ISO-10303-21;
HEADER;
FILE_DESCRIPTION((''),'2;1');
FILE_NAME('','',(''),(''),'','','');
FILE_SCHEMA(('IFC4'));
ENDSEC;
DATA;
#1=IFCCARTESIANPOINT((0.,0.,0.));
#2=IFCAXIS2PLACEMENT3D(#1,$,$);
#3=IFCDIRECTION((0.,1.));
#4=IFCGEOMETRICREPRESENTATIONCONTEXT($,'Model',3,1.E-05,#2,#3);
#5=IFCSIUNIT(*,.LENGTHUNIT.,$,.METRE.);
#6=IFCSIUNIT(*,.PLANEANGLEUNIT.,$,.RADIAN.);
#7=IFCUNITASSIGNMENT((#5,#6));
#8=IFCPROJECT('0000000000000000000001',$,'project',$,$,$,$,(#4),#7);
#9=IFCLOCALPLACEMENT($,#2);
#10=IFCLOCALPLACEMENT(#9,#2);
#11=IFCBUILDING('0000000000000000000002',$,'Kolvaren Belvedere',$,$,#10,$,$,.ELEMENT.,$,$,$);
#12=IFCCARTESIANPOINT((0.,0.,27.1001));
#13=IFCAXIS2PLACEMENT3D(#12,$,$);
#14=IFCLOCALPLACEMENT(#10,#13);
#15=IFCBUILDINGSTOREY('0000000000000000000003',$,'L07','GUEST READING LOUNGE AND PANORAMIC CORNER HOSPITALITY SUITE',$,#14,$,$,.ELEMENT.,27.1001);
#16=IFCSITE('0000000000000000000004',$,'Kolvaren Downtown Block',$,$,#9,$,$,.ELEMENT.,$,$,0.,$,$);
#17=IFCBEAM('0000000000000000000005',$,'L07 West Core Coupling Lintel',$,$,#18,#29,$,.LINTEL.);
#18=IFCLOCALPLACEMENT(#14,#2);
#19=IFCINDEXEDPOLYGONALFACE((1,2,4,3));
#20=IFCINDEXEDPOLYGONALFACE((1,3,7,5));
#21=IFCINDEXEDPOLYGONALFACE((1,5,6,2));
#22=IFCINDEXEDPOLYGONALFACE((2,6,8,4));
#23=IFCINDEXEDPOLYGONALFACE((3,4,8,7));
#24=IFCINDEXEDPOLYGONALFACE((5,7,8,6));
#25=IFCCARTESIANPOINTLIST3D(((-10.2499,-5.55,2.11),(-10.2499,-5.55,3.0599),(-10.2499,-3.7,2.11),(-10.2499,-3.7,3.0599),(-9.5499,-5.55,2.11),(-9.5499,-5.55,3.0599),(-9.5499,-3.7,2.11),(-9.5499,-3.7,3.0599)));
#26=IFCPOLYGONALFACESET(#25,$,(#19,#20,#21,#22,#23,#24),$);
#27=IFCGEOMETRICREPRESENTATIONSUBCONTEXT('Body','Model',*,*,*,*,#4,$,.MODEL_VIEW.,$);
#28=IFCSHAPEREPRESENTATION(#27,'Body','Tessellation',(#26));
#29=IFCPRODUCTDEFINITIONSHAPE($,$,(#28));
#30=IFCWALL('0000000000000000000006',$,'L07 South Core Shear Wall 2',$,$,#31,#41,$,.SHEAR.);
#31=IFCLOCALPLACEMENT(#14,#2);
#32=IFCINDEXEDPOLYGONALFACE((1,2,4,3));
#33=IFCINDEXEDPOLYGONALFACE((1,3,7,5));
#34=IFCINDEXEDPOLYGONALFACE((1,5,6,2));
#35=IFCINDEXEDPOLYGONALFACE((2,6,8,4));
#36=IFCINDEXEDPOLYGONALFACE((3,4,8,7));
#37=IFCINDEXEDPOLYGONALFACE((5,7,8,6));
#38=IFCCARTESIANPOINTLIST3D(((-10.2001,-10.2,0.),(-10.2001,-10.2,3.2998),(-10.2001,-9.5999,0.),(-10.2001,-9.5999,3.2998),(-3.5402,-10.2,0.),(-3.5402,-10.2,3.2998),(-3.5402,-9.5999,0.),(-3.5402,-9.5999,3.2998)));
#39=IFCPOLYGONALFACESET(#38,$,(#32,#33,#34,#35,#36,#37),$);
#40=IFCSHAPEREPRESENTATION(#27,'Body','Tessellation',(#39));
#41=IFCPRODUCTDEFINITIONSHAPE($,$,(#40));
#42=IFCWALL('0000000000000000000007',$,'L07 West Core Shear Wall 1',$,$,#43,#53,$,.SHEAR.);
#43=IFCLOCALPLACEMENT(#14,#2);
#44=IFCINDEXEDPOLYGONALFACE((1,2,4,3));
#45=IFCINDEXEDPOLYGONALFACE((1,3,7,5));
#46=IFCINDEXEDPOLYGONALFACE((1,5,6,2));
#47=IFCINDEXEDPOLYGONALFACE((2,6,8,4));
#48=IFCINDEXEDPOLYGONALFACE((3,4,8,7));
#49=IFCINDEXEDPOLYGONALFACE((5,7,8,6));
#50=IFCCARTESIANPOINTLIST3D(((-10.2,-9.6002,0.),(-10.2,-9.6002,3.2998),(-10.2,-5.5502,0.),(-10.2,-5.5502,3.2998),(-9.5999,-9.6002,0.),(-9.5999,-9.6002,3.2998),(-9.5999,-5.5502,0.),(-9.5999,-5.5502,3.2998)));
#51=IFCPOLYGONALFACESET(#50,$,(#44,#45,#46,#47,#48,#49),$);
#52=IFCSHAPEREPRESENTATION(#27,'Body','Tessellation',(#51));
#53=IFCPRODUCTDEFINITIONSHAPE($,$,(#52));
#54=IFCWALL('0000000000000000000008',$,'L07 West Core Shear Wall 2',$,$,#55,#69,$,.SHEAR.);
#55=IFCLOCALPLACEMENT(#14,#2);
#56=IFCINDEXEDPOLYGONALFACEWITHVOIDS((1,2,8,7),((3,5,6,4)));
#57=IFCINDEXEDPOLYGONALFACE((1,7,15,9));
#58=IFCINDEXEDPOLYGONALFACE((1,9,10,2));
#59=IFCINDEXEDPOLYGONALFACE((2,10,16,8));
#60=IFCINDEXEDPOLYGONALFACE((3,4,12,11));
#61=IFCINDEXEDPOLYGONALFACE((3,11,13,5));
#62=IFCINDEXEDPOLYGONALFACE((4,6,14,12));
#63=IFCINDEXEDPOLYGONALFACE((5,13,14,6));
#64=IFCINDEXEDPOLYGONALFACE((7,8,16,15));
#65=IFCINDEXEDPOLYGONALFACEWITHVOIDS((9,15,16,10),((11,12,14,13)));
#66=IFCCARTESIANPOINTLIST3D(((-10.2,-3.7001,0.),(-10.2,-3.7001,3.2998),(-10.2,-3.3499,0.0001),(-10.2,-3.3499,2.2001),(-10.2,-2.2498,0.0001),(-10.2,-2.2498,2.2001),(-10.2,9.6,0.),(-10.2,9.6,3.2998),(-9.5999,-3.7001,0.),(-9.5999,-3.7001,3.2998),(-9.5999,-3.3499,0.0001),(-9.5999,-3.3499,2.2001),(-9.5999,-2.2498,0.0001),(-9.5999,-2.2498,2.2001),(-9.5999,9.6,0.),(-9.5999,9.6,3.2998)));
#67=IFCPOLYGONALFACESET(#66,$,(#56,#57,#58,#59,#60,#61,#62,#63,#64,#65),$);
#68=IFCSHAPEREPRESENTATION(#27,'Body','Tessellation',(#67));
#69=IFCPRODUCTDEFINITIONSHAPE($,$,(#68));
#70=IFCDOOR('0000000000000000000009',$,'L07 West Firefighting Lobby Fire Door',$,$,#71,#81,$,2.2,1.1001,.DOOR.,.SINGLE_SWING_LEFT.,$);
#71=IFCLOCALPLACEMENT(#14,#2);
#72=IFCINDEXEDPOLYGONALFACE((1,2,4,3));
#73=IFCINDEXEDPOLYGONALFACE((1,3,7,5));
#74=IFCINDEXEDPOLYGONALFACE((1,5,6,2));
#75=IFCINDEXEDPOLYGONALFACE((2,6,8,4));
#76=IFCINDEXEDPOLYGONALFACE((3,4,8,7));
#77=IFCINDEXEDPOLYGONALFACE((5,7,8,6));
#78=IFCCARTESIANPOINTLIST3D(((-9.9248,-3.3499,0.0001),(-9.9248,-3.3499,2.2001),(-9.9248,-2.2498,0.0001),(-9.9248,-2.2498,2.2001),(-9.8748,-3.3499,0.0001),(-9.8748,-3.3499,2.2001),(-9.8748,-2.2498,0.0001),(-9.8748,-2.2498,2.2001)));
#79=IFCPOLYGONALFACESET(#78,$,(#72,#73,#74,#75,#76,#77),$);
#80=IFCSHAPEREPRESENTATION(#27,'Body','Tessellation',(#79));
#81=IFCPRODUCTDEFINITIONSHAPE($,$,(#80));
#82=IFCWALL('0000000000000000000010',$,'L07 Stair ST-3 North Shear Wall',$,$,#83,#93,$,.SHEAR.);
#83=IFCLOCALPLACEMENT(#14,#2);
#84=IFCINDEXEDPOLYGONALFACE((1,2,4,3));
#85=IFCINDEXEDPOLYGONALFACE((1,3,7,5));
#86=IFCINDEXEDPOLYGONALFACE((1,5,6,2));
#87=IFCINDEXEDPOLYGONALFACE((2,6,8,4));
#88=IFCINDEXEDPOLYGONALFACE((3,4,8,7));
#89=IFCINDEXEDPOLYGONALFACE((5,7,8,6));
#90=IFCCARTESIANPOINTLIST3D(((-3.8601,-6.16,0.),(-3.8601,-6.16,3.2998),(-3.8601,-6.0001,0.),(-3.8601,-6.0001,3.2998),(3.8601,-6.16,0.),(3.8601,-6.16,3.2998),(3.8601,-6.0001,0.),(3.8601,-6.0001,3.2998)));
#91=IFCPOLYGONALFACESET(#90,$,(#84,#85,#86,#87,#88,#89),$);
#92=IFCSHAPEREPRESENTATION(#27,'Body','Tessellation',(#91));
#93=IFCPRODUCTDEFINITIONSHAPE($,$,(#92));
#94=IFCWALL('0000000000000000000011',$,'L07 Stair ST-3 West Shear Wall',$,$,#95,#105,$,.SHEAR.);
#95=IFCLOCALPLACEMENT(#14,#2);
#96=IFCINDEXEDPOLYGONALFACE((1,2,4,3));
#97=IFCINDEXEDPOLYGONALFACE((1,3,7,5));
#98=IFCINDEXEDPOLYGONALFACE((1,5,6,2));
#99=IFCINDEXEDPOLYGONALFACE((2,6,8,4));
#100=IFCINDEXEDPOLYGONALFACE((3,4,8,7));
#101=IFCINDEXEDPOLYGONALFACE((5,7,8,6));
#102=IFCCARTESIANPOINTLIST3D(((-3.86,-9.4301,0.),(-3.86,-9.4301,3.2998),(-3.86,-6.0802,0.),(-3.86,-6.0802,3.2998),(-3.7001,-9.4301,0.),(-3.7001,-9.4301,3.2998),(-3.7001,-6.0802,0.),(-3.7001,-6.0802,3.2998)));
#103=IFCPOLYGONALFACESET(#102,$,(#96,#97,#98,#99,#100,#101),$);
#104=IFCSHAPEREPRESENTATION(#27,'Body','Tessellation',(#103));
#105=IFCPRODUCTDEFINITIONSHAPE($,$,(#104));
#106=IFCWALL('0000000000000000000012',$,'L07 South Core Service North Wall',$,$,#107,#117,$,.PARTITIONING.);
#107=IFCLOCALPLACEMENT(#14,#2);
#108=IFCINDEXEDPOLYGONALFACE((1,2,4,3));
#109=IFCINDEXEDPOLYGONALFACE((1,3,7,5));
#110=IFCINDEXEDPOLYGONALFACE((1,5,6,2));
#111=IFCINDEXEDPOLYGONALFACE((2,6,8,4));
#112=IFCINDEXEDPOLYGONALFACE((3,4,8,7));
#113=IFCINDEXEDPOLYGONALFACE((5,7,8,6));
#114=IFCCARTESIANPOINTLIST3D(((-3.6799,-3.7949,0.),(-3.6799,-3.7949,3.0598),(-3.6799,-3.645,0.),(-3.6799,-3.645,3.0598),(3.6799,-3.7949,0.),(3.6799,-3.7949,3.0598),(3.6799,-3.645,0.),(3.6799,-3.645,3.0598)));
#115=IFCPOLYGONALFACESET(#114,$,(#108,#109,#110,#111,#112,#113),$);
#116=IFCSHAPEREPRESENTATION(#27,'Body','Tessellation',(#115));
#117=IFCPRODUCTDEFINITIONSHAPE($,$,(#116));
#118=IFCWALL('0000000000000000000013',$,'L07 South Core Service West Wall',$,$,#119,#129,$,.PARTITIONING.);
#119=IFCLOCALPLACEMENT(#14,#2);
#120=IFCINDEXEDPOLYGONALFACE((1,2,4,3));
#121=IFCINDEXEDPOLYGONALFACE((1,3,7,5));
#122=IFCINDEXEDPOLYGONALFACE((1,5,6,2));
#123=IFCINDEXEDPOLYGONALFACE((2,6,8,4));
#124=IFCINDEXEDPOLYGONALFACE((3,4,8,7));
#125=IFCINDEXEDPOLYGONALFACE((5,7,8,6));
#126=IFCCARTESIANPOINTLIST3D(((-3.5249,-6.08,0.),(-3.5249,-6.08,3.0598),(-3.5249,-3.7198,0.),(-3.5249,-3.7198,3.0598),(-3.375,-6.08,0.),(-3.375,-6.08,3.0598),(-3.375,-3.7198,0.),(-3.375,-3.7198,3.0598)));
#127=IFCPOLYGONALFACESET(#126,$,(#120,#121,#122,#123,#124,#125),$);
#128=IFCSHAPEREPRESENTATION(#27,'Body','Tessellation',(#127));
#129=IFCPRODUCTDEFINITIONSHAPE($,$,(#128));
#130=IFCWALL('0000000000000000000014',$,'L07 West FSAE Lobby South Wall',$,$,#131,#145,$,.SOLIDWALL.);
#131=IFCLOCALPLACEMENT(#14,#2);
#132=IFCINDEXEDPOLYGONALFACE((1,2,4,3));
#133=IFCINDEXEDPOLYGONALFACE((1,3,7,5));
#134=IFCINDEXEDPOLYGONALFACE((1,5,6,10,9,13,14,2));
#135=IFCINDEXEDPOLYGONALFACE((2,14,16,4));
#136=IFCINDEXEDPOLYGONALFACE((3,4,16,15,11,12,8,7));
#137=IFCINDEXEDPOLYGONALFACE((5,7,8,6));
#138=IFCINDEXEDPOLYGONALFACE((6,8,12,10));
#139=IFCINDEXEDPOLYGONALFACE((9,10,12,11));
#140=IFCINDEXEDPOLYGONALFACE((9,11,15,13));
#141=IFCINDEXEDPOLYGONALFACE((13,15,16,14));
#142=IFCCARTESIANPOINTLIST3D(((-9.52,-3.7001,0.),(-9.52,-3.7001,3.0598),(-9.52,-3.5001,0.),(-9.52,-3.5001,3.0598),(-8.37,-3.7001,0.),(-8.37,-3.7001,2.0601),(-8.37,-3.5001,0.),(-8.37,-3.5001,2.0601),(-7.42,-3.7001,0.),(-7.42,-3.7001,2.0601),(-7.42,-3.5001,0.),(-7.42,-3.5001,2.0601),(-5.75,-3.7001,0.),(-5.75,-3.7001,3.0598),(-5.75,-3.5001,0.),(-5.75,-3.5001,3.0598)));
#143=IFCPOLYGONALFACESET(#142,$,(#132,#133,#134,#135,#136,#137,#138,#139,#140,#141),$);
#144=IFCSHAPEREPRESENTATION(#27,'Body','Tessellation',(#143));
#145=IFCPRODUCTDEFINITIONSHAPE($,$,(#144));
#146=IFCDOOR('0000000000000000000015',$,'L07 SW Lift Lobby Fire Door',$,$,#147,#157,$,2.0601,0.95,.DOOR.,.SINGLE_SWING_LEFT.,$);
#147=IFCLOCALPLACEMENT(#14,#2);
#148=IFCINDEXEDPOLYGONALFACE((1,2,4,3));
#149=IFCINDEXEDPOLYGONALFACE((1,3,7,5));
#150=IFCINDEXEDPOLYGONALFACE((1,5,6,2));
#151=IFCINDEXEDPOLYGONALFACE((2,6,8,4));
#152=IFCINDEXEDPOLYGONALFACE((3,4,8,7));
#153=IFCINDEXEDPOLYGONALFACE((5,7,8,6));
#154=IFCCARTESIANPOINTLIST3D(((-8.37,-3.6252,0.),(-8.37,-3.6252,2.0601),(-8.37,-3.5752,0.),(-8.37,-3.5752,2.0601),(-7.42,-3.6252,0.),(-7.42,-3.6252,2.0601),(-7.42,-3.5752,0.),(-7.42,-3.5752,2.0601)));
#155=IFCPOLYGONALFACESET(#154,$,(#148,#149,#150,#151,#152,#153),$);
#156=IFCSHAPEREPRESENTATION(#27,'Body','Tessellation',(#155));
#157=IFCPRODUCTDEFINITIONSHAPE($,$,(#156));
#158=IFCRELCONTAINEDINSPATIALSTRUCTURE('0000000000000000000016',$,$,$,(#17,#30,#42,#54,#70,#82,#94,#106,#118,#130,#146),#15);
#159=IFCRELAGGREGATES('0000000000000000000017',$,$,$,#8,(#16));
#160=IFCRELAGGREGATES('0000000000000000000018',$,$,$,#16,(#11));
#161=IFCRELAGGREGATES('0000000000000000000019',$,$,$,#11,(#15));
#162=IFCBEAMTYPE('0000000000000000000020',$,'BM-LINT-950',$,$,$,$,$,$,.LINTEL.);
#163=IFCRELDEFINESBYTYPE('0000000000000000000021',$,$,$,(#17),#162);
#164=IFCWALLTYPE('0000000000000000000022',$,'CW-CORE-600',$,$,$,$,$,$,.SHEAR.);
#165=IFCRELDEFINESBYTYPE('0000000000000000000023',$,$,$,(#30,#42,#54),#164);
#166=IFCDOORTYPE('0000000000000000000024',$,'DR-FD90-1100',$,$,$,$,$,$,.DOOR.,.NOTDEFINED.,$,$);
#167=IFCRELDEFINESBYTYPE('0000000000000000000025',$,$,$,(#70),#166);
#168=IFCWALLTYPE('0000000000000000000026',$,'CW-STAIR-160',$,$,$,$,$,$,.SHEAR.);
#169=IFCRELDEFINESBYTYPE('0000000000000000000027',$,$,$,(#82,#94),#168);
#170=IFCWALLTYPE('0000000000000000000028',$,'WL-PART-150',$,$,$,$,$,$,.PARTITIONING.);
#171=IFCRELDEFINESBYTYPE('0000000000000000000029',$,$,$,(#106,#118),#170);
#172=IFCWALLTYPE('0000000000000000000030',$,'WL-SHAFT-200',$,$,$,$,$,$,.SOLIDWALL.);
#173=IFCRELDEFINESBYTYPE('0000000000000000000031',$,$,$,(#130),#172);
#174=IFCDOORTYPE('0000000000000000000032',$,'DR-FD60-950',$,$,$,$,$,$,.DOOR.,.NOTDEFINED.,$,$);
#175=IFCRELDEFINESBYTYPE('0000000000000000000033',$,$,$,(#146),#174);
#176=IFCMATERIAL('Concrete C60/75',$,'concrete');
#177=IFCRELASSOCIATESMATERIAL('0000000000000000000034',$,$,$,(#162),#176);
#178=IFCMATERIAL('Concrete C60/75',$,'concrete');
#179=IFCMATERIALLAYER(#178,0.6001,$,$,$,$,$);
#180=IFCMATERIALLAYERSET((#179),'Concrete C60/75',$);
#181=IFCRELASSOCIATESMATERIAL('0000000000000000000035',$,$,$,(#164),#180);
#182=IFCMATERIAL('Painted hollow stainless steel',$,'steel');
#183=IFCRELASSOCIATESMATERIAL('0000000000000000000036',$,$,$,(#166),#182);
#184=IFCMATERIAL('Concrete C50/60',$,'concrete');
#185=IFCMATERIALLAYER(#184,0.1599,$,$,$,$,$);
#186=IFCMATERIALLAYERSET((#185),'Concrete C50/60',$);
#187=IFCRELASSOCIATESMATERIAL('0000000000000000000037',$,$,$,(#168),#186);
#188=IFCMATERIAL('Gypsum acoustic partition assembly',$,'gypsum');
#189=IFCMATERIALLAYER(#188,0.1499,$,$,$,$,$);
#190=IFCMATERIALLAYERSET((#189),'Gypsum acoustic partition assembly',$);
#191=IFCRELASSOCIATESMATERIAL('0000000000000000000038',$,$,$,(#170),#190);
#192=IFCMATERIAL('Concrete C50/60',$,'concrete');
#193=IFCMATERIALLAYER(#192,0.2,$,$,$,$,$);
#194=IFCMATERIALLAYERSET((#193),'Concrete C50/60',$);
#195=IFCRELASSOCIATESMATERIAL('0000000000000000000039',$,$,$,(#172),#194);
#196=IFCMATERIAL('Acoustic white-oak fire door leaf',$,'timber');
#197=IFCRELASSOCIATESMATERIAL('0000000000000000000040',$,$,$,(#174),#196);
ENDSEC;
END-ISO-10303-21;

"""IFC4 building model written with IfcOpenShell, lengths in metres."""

from ifc_helpers import new_model, si_unit, direction, frame, frame_2d, origin, origin_2d, place, context, subcontext, project, spatial, rectangle, extrude, material, layer, layer_set, material_profile, profile_set, type_object, element, fill, save


model = new_model("IFC4")

# Units and contexts
model_context = context("Model", 3, precision=1e-05, world=origin(), true_north=direction((0.0, 1.0)))
body_context = subcontext(model_context, "Body", "Model", "MODEL_VIEW")
ifc_project = project(units=[si_unit("LENGTHUNIT", "METRE"), si_unit("PLANEANGLEUNIT", "RADIAN")], contexts=[model_context])

# Site, building, storey
site_placement = place(None, origin())
site = spatial("IfcSite", under=ifc_project, at=site_placement, Name="Kolvaren Downtown Block", CompositionType="ELEMENT", RefElevation=0.0)
building_placement = place(site_placement, origin())
building = spatial("IfcBuilding", under=site, at=building_placement, Name="Kolvaren Belvedere", CompositionType="ELEMENT")
storey_placement = place(building_placement, frame((0.0, 0.0, 27.1001)))
storey = spatial("IfcBuildingStorey", under=building, at=storey_placement, Name="L07", Description="GUEST READING LOUNGE AND PANORAMIC CORNER HOSPITALITY SUITE", CompositionType="ELEMENT", Elevation=27.1001)

# Beam
ifc_material_1 = material(Name="Concrete C60/75", Category="concrete")
ifc_material_profile_1 = material_profile(ifc_material_1, rectangle(XDim=0.7, YDim=0.95, at=origin_2d()), Name="RC 700X950")
ifc_profile_set_1 = profile_set([ifc_material_profile_1], Name="Concrete C60/75")
beam_type_1 = type_object("IfcBeamType", Name="BM-LINT-950", PredefinedType="LINTEL", material=ifc_profile_set_1)
beam_1_placement = place(storey_placement, frame((-9.8999, -5.55, 2.585), z_axis=(0.0, 1.0, 0.0), x_axis=(-1.0, 0.0, 0.0)))
element("IfcBeam", 1, at=beam_1_placement, inside=storey, type_object=beam_type_1, Name="L07 West Core Coupling Lintel", PredefinedType="LINTEL", context=body_context, shape_type="SweptSolid", body=[
    extrude(rectangle(XDim=0.7, YDim=0.95, at=origin_2d()), origin(), (0.0, 0.0, 1.0), 1.8501),
])

# Walls
ifc_material_2 = material(Name="Concrete C60/75", Category="concrete")
ifc_layer_1 = layer(ifc_material_2, 0.6001)
ifc_layer_set_1 = layer_set([ifc_layer_1], Name="Concrete C60/75")
wall_type_1 = type_object("IfcWallType", Name="CW-CORE-600", PredefinedType="SHEAR", material=ifc_layer_set_1)
wall_1_placement = place(storey_placement, frame((-3.54, -9.8999, 0.0), z_axis=(0.0, 0.0, 1.0), x_axis=(-1.0, 0.0, 0.0)))
element("IfcWall", 2, at=wall_1_placement, inside=storey, type_object=wall_type_1, Name="L07 South Core Shear Wall 2", PredefinedType="SHEAR", context=body_context, shape_type="SweptSolid", body=[
    extrude(rectangle(XDim=6.6599, YDim=0.6001, at=frame_2d((3.3301, 0.0))), origin(), (0.0, 0.0, 1.0), 3.2998),
])
wall_2_placement = place(storey_placement, frame((-9.8999, -9.6001, 0.0), z_axis=(0.0, 0.0, 1.0), x_axis=(0.0, 1.0, 0.0)))
element("IfcWall", 3, at=wall_2_placement, inside=storey, type_object=wall_type_1, Name="L07 West Core Shear Wall 1", PredefinedType="SHEAR", context=body_context, shape_type="SweptSolid", body=[
    extrude(rectangle(XDim=4.05, YDim=0.6001, at=frame_2d((2.0249, 0.0))), origin(), (0.0, 0.0, 1.0), 3.2998),
])

# Wall, opening, door
wall_3_placement = place(storey_placement, frame((-9.8999, -3.7, 0.0), z_axis=(0.0, 0.0, 1.0), x_axis=(0.0, 1.0, 0.0)))
wall_3 = element("IfcWall", 4, at=wall_3_placement, inside=storey, type_object=wall_type_1, Name="L07 West Core Shear Wall 2", PredefinedType="SHEAR", context=body_context, shape_type="SweptSolid", body=[
    extrude(rectangle(XDim=13.3, YDim=0.6001, at=frame_2d((6.6499, 0.0))), origin(), (0.0, 0.0, 1.0), 3.2998),
])
opening_1_placement = place(wall_3_placement, frame((0.3501, 0.0, 0.0)))
opening_1 = element("IfcOpeningElement", 5, at=opening_1_placement, cuts=wall_3, PredefinedType="OPENING", context=body_context, shape_type="SweptSolid", body=[
    extrude(rectangle(XDim=1.1001, YDim=2.2, at=frame_2d((0.55, 1.1001))), frame((0.0, 0.3101, 0.0), z_axis=(0.0, -1.0, 0.0), x_axis=(1.0, 0.0, 0.0)), (0.0, 0.0, 1.0), 0.6201),
])
ifc_material_3 = material(Name="Painted hollow stainless steel", Category="steel")
door_type_1 = type_object("IfcDoorType", Name="DR-FD90-1100", OperationType="NOTDEFINED", PredefinedType="DOOR", material=ifc_material_3)
door_1_placement = place(opening_1_placement, origin())
door_1 = element("IfcDoor", 6, at=door_1_placement, inside=storey, type_object=door_type_1, Name="L07 West Firefighting Lobby Fire Door", OperationType="SINGLE_SWING_LEFT", OverallHeight=2.2, OverallWidth=1.1001, PredefinedType="DOOR", context=body_context, shape_type="SweptSolid", body=[
    extrude(rectangle(XDim=1.1001, YDim=2.2, at=frame_2d((0.55, 1.1001))), frame((0.0, 0.0249, 0.0), z_axis=(0.0, -1.0, 0.0), x_axis=(1.0, 0.0, 0.0)), (0.0, 0.0, 1.0), 0.05),
])
fill(opening_1, door_1)

# Walls
ifc_material_4 = material(Name="Concrete C50/60", Category="concrete")
ifc_layer_2 = layer(ifc_material_4, 0.1599)
ifc_layer_set_2 = layer_set([ifc_layer_2], Name="Concrete C50/60")
wall_type_2 = type_object("IfcWallType", Name="CW-STAIR-160", PredefinedType="SHEAR", material=ifc_layer_set_2)
wall_4_placement = place(storey_placement, frame((-3.8601, -6.0801, 0.0), z_axis=(0.0, 0.0, 1.0), x_axis=(1.0, 0.0, 0.0)))
element("IfcWall", 7, at=wall_4_placement, inside=storey, type_object=wall_type_2, Name="L07 Stair ST-3 North Shear Wall", PredefinedType="SHEAR", context=body_context, shape_type="SweptSolid", body=[
    extrude(rectangle(XDim=7.7202, YDim=0.1599, at=frame_2d((3.8601, 0.0))), origin(), (0.0, 0.0, 1.0), 3.2998),
])
wall_5_placement = place(storey_placement, frame((-3.78, -9.4299, 0.0), z_axis=(0.0, 0.0, 1.0), x_axis=(0.0, 1.0, 0.0)))
element("IfcWall", 8, at=wall_5_placement, inside=storey, type_object=wall_type_2, Name="L07 Stair ST-3 West Shear Wall", PredefinedType="SHEAR", context=body_context, shape_type="SweptSolid", body=[
    extrude(rectangle(XDim=3.3499, YDim=0.1599, at=frame_2d((1.6748, 0.0))), origin(), (0.0, 0.0, 1.0), 3.2998),
])
ifc_material_5 = material(Name="Gypsum acoustic partition assembly", Category="gypsum")
ifc_layer_3 = layer(ifc_material_5, 0.1499)
ifc_layer_set_3 = layer_set([ifc_layer_3], Name="Gypsum acoustic partition assembly")
wall_type_3 = type_object("IfcWallType", Name="WL-PART-150", PredefinedType="PARTITIONING", material=ifc_layer_set_3)
wall_6_placement = place(storey_placement, frame((-3.6799, -3.72, 0.0), z_axis=(0.0, 0.0, 1.0), x_axis=(1.0, 0.0, 0.0)))
element("IfcWall", 9, at=wall_6_placement, inside=storey, type_object=wall_type_3, Name="L07 South Core Service North Wall", PredefinedType="PARTITIONING", context=body_context, shape_type="SweptSolid", body=[
    extrude(rectangle(XDim=7.3599, YDim=0.1499, at=frame_2d((3.6799, 0.0))), origin(), (0.0, 0.0, 1.0), 3.0598),
])
wall_7_placement = place(storey_placement, frame((-3.45, -6.0801, 0.0), z_axis=(0.0, 0.0, 1.0), x_axis=(0.0, 1.0, 0.0)))
element("IfcWall", 10, at=wall_7_placement, inside=storey, type_object=wall_type_3, Name="L07 South Core Service West Wall", PredefinedType="PARTITIONING", context=body_context, shape_type="SweptSolid", body=[
    extrude(rectangle(XDim=2.3601, YDim=0.1499, at=frame_2d((1.1802, 0.0))), origin(), (0.0, 0.0, 1.0), 3.0598),
])

# Wall, opening, door
ifc_material_6 = material(Name="Concrete C50/60", Category="concrete")
ifc_layer_4 = layer(ifc_material_6, 0.2)
ifc_layer_set_4 = layer_set([ifc_layer_4], Name="Concrete C50/60")
wall_type_4 = type_object("IfcWallType", Name="WL-SHAFT-200", PredefinedType="SOLIDWALL", material=ifc_layer_set_4)
wall_8_placement = place(storey_placement, frame((-9.52, -3.6001, 0.0), z_axis=(0.0, 0.0, 1.0), x_axis=(1.0, 0.0, 0.0)))
wall_8 = element("IfcWall", 11, at=wall_8_placement, inside=storey, type_object=wall_type_4, Name="L07 West FSAE Lobby South Wall", PredefinedType="SOLIDWALL", context=body_context, shape_type="SweptSolid", body=[
    extrude(rectangle(XDim=3.77, YDim=0.2, at=frame_2d((1.885, 0.0))), origin(), (0.0, 0.0, 1.0), 3.0598),
])
opening_2_placement = place(wall_8_placement, frame((1.1499, 0.0, 0.0)))
opening_2 = element("IfcOpeningElement", 12, at=opening_2_placement, cuts=wall_8, PredefinedType="OPENING", context=body_context, shape_type="SweptSolid", body=[
    extrude(rectangle(XDim=0.95, YDim=2.0601, at=frame_2d((0.4751, 1.03))), frame((0.0, 0.1099, 0.0), z_axis=(0.0, -1.0, 0.0), x_axis=(1.0, 0.0, 0.0)), (0.0, 0.0, 1.0), 0.22),
])
ifc_material_7 = material(Name="Acoustic white-oak fire door leaf", Category="timber")
door_type_2 = type_object("IfcDoorType", Name="DR-FD60-950", OperationType="NOTDEFINED", PredefinedType="DOOR", material=ifc_material_7)
door_2_placement = place(opening_2_placement, origin())
door_2 = element("IfcDoor", 13, at=door_2_placement, inside=storey, type_object=door_type_2, Name="L07 SW Lift Lobby Fire Door", OperationType="SINGLE_SWING_LEFT", OverallHeight=2.0601, OverallWidth=0.95, PredefinedType="DOOR", context=body_context, shape_type="SweptSolid", body=[
    extrude(rectangle(XDim=0.95, YDim=2.0601, at=frame_2d((0.4751, 1.03))), frame((0.0, 0.0249, 0.0), z_axis=(0.0, -1.0, 0.0), x_axis=(1.0, 0.0, 0.0)), (0.0, 0.0, 1.0), 0.05),
])
fill(opening_2, door_2)

save(model, "model.ifc")
